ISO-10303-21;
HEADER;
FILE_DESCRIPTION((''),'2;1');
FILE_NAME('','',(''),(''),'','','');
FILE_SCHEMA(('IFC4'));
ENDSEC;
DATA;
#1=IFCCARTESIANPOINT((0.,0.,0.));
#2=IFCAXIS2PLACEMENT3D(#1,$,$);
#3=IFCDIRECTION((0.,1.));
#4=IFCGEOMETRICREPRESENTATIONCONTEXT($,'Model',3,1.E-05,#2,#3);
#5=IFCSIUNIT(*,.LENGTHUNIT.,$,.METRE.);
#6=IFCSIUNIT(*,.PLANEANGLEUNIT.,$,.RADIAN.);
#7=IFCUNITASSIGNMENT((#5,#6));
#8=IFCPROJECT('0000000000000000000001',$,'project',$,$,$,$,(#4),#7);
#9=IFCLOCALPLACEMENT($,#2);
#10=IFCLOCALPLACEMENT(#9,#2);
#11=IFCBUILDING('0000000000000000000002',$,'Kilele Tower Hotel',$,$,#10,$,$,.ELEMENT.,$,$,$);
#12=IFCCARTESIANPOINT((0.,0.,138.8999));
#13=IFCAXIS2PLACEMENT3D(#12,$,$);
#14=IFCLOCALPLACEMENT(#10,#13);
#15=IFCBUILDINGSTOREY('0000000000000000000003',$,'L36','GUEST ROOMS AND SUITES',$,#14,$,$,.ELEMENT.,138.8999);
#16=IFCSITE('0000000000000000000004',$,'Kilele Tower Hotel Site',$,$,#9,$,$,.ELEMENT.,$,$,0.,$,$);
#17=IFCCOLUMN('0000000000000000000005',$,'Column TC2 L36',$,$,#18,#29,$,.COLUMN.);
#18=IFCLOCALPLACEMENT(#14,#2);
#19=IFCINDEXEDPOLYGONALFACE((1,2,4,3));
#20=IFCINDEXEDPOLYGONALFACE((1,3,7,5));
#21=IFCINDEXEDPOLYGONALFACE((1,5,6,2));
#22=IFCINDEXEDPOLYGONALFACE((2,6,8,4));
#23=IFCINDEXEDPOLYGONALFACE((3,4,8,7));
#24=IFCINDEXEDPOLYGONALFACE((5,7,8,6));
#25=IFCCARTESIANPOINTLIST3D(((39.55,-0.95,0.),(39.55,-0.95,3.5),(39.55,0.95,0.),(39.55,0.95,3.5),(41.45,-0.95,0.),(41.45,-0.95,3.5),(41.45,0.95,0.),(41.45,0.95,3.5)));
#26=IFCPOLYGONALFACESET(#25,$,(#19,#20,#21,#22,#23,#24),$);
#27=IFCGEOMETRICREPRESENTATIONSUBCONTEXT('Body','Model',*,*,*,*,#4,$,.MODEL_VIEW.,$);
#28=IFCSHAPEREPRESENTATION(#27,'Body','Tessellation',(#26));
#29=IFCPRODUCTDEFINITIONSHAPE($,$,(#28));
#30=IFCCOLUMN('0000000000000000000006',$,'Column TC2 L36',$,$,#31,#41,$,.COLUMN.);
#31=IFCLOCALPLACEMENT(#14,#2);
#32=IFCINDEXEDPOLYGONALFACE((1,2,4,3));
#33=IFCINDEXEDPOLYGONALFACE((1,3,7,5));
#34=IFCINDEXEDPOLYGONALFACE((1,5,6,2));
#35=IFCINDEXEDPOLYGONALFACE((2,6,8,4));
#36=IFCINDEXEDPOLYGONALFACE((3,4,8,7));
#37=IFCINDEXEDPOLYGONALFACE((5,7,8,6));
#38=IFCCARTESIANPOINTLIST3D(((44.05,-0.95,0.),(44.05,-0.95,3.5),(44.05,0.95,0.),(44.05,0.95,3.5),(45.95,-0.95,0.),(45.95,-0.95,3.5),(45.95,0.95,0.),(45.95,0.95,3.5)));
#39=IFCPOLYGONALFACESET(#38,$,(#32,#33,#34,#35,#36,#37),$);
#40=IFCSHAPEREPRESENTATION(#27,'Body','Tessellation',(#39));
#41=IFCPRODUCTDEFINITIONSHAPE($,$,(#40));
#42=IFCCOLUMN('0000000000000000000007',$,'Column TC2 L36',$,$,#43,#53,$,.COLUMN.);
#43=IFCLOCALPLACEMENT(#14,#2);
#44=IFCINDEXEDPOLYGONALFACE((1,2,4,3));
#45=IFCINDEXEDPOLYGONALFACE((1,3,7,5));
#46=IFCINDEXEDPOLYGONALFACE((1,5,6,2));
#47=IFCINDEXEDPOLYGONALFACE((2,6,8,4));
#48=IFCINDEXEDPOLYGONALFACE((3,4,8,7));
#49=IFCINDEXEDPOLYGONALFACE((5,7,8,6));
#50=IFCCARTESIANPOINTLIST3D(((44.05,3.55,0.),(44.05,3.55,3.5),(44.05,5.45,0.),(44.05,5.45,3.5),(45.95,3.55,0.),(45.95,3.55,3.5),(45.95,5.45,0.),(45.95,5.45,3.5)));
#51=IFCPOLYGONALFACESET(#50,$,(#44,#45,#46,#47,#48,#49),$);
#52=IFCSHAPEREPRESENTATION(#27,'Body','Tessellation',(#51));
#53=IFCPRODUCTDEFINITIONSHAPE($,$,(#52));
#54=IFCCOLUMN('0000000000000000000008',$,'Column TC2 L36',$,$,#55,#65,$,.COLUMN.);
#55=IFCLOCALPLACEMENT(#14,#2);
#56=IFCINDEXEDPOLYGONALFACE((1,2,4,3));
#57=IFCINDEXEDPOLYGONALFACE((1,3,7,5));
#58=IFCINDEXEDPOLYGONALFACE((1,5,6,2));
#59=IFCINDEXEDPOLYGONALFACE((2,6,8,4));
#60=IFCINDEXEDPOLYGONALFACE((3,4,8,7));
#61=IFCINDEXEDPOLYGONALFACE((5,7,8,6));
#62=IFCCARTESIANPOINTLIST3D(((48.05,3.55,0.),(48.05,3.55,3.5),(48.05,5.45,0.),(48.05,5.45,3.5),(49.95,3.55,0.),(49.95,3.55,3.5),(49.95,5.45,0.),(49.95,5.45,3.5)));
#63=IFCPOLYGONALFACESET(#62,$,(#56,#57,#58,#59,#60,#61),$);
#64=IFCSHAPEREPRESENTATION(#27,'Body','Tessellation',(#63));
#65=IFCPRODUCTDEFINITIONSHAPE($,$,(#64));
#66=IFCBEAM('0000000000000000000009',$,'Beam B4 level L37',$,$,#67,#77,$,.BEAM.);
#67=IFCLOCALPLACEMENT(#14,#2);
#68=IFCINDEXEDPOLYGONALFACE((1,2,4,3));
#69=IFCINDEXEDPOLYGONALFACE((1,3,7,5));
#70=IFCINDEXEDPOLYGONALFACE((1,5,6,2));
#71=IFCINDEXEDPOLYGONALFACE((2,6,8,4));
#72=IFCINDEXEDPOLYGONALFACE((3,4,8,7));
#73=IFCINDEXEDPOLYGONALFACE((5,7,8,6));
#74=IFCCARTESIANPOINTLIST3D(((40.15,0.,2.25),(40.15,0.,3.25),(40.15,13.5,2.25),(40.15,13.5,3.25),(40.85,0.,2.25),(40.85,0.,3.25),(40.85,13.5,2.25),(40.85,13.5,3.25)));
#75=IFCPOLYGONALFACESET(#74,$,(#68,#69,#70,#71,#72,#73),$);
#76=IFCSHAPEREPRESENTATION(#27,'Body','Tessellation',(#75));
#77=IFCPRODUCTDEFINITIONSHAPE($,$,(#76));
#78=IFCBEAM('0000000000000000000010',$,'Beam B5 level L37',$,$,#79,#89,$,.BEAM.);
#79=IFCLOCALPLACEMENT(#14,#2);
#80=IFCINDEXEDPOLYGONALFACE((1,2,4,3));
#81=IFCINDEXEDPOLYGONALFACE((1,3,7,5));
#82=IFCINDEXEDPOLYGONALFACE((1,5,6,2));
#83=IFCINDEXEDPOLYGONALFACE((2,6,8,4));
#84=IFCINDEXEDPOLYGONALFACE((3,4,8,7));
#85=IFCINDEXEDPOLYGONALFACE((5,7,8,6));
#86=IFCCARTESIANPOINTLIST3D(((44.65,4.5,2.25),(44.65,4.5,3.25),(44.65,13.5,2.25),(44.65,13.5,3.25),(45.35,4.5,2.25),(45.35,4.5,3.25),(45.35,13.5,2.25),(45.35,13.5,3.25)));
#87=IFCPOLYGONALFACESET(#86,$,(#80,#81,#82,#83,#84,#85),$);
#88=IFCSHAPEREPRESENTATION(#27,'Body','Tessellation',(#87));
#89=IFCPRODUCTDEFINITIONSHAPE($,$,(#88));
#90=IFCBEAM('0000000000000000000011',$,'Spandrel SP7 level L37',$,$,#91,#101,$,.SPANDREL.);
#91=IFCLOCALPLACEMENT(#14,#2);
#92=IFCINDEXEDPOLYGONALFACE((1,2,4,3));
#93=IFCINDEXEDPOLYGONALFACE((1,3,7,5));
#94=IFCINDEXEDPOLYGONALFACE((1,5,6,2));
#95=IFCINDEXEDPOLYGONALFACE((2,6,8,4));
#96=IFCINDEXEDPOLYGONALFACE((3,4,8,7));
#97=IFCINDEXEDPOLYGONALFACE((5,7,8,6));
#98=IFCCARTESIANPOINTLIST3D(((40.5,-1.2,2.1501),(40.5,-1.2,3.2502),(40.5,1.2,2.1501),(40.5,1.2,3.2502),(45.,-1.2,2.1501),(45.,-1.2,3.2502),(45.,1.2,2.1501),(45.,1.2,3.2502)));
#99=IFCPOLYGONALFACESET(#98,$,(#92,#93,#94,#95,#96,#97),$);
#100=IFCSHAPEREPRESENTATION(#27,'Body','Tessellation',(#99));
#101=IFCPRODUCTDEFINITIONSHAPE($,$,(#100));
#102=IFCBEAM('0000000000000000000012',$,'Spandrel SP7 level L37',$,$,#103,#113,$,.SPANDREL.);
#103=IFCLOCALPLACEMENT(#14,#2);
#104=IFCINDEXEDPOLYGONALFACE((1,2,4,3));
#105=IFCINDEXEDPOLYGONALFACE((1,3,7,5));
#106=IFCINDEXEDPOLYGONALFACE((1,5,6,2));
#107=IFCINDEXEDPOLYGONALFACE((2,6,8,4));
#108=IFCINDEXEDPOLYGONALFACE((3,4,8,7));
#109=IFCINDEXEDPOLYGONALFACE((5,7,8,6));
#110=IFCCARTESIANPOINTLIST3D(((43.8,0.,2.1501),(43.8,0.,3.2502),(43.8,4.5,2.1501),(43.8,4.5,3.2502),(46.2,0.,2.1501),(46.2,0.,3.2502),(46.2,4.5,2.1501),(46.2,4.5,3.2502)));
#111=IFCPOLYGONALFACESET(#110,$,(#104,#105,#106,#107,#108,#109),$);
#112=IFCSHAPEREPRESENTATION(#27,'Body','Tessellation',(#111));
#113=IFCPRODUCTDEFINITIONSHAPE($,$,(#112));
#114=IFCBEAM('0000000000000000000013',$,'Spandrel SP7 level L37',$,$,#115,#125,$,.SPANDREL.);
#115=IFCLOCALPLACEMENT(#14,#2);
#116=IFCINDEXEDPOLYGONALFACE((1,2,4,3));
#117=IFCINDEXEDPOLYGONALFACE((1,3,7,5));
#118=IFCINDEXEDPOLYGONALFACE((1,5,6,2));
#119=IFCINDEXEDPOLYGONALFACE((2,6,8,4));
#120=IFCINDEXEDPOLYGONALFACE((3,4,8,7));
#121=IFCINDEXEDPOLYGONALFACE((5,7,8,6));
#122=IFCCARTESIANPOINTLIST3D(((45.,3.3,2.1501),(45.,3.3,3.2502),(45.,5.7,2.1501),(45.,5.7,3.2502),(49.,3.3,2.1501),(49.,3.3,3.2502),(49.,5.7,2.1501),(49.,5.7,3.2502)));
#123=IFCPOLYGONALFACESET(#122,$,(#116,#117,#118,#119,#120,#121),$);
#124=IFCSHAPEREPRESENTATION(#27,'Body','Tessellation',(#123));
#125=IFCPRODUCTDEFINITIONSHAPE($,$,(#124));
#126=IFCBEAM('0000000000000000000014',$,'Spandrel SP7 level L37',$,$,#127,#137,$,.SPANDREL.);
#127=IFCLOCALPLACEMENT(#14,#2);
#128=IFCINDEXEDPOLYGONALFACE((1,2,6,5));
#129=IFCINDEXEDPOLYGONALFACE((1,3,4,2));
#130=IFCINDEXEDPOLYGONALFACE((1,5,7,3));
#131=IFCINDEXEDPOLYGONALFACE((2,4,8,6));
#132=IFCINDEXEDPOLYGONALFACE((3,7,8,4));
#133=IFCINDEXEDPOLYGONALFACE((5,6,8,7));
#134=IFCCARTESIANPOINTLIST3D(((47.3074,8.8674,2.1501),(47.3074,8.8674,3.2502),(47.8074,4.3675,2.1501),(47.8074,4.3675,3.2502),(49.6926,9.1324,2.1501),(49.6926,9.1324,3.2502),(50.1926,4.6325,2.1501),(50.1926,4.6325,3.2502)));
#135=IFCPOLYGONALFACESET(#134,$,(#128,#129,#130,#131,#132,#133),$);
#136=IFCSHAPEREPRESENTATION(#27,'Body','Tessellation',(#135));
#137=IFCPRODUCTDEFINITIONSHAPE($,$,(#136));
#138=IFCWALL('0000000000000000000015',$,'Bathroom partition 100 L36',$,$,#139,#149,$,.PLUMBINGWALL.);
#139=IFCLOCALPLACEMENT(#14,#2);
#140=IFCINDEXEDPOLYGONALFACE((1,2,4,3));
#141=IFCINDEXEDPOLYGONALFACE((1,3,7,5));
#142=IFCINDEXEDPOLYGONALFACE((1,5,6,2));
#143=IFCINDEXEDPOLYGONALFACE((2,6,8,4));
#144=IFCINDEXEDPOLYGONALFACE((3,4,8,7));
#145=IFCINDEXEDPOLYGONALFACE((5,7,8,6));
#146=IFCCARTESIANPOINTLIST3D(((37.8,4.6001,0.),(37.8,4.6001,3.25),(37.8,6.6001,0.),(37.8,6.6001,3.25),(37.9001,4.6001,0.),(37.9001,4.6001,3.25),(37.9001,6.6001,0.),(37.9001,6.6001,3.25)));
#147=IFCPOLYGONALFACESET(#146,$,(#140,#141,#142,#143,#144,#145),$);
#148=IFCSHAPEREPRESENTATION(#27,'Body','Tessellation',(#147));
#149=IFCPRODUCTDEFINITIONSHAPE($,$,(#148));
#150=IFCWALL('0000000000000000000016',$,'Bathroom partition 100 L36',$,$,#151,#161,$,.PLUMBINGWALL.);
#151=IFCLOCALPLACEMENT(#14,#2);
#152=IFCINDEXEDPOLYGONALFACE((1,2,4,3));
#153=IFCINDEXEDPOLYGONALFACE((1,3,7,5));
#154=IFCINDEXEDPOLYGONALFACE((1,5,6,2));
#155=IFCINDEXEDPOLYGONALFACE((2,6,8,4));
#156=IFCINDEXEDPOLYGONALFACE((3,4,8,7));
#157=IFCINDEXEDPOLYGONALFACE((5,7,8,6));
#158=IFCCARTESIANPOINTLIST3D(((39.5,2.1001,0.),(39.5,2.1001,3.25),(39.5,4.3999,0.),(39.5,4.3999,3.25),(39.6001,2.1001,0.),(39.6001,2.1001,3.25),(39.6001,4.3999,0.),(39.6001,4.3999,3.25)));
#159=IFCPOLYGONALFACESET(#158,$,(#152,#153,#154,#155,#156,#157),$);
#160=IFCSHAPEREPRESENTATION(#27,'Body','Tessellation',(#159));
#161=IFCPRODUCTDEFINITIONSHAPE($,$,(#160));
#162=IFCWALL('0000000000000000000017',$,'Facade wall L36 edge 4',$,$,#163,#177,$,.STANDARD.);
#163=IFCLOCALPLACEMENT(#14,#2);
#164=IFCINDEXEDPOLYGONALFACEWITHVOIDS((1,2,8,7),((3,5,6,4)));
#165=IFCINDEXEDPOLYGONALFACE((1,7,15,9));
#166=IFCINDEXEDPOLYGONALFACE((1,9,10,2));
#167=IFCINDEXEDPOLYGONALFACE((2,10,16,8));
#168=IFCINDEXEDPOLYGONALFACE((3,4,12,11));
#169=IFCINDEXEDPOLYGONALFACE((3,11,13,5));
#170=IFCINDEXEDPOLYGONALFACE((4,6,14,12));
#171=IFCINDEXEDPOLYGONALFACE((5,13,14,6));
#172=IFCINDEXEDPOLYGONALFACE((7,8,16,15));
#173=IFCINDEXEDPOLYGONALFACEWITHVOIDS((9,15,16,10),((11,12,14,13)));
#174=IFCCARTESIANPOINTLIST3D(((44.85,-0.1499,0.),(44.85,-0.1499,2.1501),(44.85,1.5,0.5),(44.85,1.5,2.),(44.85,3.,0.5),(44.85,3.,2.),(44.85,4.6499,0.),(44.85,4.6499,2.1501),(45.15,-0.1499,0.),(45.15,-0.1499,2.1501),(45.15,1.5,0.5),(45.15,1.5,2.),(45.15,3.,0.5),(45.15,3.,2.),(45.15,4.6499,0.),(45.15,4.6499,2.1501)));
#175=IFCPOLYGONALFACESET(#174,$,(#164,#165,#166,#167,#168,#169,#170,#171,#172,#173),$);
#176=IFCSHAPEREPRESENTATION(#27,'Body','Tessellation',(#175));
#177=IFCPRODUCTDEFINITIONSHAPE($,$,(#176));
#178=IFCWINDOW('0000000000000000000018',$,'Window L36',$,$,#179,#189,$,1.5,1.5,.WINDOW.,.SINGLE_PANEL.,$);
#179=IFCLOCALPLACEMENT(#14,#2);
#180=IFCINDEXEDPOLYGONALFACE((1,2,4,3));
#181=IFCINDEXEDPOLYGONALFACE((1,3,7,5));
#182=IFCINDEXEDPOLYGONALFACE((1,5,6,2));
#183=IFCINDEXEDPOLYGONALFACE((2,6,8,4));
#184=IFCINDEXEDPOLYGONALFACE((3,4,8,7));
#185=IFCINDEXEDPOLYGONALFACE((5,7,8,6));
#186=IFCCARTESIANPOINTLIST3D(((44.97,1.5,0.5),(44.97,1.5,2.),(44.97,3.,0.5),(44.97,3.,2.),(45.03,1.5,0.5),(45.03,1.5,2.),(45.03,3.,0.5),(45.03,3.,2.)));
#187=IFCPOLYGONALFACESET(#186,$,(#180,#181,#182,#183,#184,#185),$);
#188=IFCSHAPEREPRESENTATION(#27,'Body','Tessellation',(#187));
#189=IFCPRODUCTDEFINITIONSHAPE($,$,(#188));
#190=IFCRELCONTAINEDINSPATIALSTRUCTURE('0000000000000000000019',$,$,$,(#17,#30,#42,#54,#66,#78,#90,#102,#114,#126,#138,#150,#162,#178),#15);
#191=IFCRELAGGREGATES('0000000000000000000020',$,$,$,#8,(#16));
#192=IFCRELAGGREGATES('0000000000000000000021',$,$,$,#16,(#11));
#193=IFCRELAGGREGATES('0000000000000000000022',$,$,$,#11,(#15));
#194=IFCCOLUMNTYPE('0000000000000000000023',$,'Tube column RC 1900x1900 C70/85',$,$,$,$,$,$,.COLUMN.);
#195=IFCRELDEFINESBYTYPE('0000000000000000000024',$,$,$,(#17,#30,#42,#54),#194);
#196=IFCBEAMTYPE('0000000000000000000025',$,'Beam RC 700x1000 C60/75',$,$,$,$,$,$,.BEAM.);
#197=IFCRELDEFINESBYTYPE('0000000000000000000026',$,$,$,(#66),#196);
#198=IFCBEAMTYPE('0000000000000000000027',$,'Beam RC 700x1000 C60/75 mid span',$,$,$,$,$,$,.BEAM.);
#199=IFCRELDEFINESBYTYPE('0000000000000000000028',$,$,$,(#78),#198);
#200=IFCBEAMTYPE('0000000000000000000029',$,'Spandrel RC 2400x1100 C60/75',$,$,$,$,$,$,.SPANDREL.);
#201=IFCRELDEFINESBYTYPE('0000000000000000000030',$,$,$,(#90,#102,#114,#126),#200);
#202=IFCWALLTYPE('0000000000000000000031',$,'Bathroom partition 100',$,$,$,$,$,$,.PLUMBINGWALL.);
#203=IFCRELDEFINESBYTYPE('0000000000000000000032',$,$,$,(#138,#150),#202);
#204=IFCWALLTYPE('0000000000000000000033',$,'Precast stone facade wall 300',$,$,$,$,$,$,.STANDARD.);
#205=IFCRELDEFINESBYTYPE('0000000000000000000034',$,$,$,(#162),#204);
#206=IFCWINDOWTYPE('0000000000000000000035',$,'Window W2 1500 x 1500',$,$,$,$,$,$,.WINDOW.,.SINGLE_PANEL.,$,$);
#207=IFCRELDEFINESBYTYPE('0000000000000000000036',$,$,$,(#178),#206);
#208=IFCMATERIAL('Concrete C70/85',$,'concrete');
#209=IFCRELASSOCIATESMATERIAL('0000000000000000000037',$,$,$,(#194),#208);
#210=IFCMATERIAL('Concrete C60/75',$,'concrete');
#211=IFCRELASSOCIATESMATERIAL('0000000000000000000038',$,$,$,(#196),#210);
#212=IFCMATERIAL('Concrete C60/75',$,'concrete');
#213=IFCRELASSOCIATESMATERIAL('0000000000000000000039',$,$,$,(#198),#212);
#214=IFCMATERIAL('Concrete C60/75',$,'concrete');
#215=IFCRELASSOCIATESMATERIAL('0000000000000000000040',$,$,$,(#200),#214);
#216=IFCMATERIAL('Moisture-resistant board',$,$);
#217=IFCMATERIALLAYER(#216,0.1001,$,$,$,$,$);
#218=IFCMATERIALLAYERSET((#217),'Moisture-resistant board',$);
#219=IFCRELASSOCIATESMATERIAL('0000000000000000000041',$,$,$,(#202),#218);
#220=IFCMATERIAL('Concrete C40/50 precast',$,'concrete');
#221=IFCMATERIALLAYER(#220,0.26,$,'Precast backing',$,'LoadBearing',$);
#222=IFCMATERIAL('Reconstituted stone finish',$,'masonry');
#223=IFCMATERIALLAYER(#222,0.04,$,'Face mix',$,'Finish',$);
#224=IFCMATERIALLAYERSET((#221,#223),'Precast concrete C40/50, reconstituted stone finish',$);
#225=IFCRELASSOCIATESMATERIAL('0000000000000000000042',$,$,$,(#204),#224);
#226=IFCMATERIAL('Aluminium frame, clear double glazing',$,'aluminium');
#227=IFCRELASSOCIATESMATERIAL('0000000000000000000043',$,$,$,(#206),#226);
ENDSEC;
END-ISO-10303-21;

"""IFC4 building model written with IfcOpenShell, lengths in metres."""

from ifc_helpers import new_model, si_unit, direction, frame, frame_2d, origin, origin_2d, place, context, subcontext, project, spatial, rectangle, extrude, material, layer, layer_set, material_profile, profile_set, type_object, element, fill, save


model = new_model("IFC4")

# Units and contexts
model_context = context("Model", 3, precision=1e-05, world=origin(), true_north=direction((0.0, 1.0)))
body_context = subcontext(model_context, "Body", "Model", "MODEL_VIEW")
ifc_project = project(units=[si_unit("LENGTHUNIT", "METRE"), si_unit("PLANEANGLEUNIT", "RADIAN")], contexts=[model_context])

# Site, building, storey
site_placement = place(None, origin())
site = spatial("IfcSite", under=ifc_project, at=site_placement, Name="Kilele Tower Hotel Site", CompositionType="ELEMENT", RefElevation=0.0)
building_placement = place(site_placement, origin())
building = spatial("IfcBuilding", under=site, at=building_placement, Name="Kilele Tower Hotel", CompositionType="ELEMENT")
storey_placement = place(building_placement, frame((0.0, 0.0, 138.8999)))
storey = spatial("IfcBuildingStorey", under=building, at=storey_placement, Name="L36", Description="GUEST ROOMS AND SUITES", CompositionType="ELEMENT", Elevation=138.8999)

# Columns
ifc_material_1 = material(Name="Concrete C70/85", Category="concrete")
ifc_material_profile_1 = material_profile(ifc_material_1, rectangle(XDim=1.8999, YDim=1.8999, at=origin_2d()))
ifc_profile_set_1 = profile_set([ifc_material_profile_1], Name="Concrete C70/85")
column_type = type_object("IfcColumnType", Name="Tube column RC 1900x1900 C70/85", PredefinedType="COLUMN", material=ifc_profile_set_1)
for number, where, z_axis, x_axis, name in (
    (1, (40.5, 0.0, 0.0), (0.0, 0.0, 1.0), (1.0, 0.0, 0.0), "Column TC2 L36"),
    (2, (45.0, 0.0, 0.0), (0.0, 0.0, 1.0), (1.0, 0.0, 0.0), "Column TC2 L36"),
    (3, (45.0, 4.5, 0.0), (0.0, 0.0, 1.0), (1.0, 0.0, 0.0), "Column TC2 L36"),
    (4, (49.0, 4.5, 0.0), (0.0, 0.0, 1.0), (1.0, 0.0, 0.0), "Column TC2 L36"),
):
    element("IfcColumn", number, at=place(storey_placement, frame(where, z_axis=z_axis, x_axis=x_axis)), inside=storey, type_object=column_type, Name=name, PredefinedType="COLUMN", context=body_context, shape_type="SweptSolid", body=[
        extrude(rectangle(XDim=1.8999, YDim=1.8999, at=origin_2d()), origin(), (0.0, 0.0, 1.0), 3.5),
    ])

# Beams
ifc_material_2 = material(Name="Concrete C60/75", Category="concrete")
ifc_material_profile_2 = material_profile(ifc_material_2, rectangle(XDim=0.7, YDim=1.0, at=origin_2d()))
ifc_profile_set_2 = profile_set([ifc_material_profile_2], Name="Concrete C60/75")
beam_type_1 = type_object("IfcBeamType", Name="Beam RC 700x1000 C60/75", PredefinedType="BEAM", material=ifc_profile_set_2)
beam_1_placement = place(storey_placement, frame((40.5, 0.0, 2.75), z_axis=(0.0, 1.0, 0.0), x_axis=(-1.0, 0.0, 0.0)))
element("IfcBeam", 5, at=beam_1_placement, inside=storey, type_object=beam_type_1, Name="Beam B4 level L37", PredefinedType="BEAM", context=body_context, shape_type="SweptSolid", body=[
    extrude(rectangle(XDim=0.7, YDim=1.0, at=origin_2d()), origin(), (0.0, 0.0, 1.0), 13.5),
])
ifc_material_3 = material(Name="Concrete C60/75", Category="concrete")
ifc_material_profile_3 = material_profile(ifc_material_3, rectangle(XDim=0.7, YDim=1.0, at=origin_2d()))
ifc_profile_set_3 = profile_set([ifc_material_profile_3], Name="Concrete C60/75")
beam_type_2 = type_object("IfcBeamType", Name="Beam RC 700x1000 C60/75 mid span", PredefinedType="BEAM", material=ifc_profile_set_3)
beam_2_placement = place(storey_placement, frame((45.0, 4.5, 2.75), z_axis=(0.0, 1.0, 0.0), x_axis=(-1.0, 0.0, 0.0)))
element("IfcBeam", 6, at=beam_2_placement, inside=storey, type_object=beam_type_2, Name="Beam B5 level L37", PredefinedType="BEAM", context=body_context, shape_type="SweptSolid", body=[
    extrude(rectangle(XDim=0.7, YDim=1.0, at=origin_2d()), origin(), (0.0, 0.0, 1.0), 9.0),
])
ifc_material_4 = material(Name="Concrete C60/75", Category="concrete")
ifc_material_profile_4 = material_profile(ifc_material_4, rectangle(XDim=2.3999, YDim=1.1001, at=origin_2d()))
ifc_profile_set_4 = profile_set([ifc_material_profile_4], Name="Concrete C60/75")
beam_type_3 = type_object("IfcBeamType", Name="Spandrel RC 2400x1100 C60/75", PredefinedType="SPANDREL", material=ifc_profile_set_4)
for number, where, z_axis, x_axis, name in (
    (7, (40.5, 0.0, 2.7002), (1.0, 0.0, 0.0), (0.0, 1.0, 0.0), "Spandrel SP7 level L37"),
    (8, (45.0, 0.0, 2.7002), (0.0, 1.0, 0.0), (-1.0, 0.0, 0.0), "Spandrel SP7 level L37"),
):
    element("IfcBeam", number, at=place(storey_placement, frame(where, z_axis=z_axis, x_axis=x_axis)), inside=storey, type_object=beam_type_3, Name=name, PredefinedType="SPANDREL", context=body_context, shape_type="SweptSolid", body=[
        extrude(rectangle(XDim=2.3999, YDim=1.1001, at=origin_2d()), origin(), (0.0, 0.0, 1.0), 4.5),
    ])
beam_3_placement = place(storey_placement, frame((45.0, 4.5, 2.7002), z_axis=(1.0, 0.0, 0.0), x_axis=(0.0, 1.0, 0.0)))
element("IfcBeam", 9, at=beam_3_placement, inside=storey, type_object=beam_type_3, Name="Spandrel SP7 level L37", PredefinedType="SPANDREL", context=body_context, shape_type="SweptSolid", body=[
    extrude(rectangle(XDim=2.3999, YDim=1.1001, at=origin_2d()), origin(), (0.0, 0.0, 1.0), 4.0),
])
beam_4_placement = place(storey_placement, frame((49.0, 4.5, 2.7002), z_axis=(-0.110432, 0.993884, 0.0), x_axis=(-0.993884, -0.110432, 0.0)))
element("IfcBeam", 10, at=beam_4_placement, inside=storey, type_object=beam_type_3, Name="Spandrel SP7 level L37", PredefinedType="SPANDREL", context=body_context, shape_type="SweptSolid", body=[
    extrude(rectangle(XDim=2.3999, YDim=1.1001, at=origin_2d()), origin(), (0.0, 0.0, 1.0), 4.5276),
])

# Walls
ifc_material_5 = material(Name="Moisture-resistant board")
ifc_layer_1 = layer(ifc_material_5, 0.1001)
ifc_layer_set_1 = layer_set([ifc_layer_1], Name="Moisture-resistant board")
wall_type_1 = type_object("IfcWallType", Name="Bathroom partition 100", PredefinedType="PLUMBINGWALL", material=ifc_layer_set_1)
wall_1_placement = place(storey_placement, frame((37.8501, 4.6001, 0.0), z_axis=(0.0, 0.0, 1.0), x_axis=(0.0, 1.0, 0.0)))
element("IfcWall", 11, at=wall_1_placement, inside=storey, type_object=wall_type_1, Name="Bathroom partition 100 L36", PredefinedType="PLUMBINGWALL", context=body_context, shape_type="SweptSolid", body=[
    extrude(rectangle(XDim=2.0, YDim=0.1001, at=frame_2d((1.0, 0.0))), origin(), (0.0, 0.0, 1.0), 3.25),
])
wall_2_placement = place(storey_placement, frame((39.55, 4.3999, 0.0), z_axis=(0.0, 0.0, 1.0), x_axis=(0.0, -1.0, 0.0)))
element("IfcWall", 12, at=wall_2_placement, inside=storey, type_object=wall_type_1, Name="Bathroom partition 100 L36", PredefinedType="PLUMBINGWALL", context=body_context, shape_type="SweptSolid", body=[
    extrude(rectangle(XDim=2.2998, YDim=0.1001, at=frame_2d((1.1499, 0.0))), origin(), (0.0, 0.0, 1.0), 3.25),
])

# Wall, opening, window
ifc_material_6 = material(Name="Concrete C40/50 precast", Category="concrete")
ifc_layer_2 = layer(ifc_material_6, 0.26, Name="Precast backing", Category="LoadBearing")
ifc_material_7 = material(Name="Reconstituted stone finish", Category="masonry")
ifc_layer_3 = layer(ifc_material_7, 0.04, Name="Face mix", Category="Finish")
ifc_layer_set_2 = layer_set([ifc_layer_2, ifc_layer_3], Name="Precast concrete C40/50, reconstituted stone finish")
wall_type_2 = type_object("IfcWallType", Name="Precast stone facade wall 300", PredefinedType="STANDARD", material=ifc_layer_set_2)
wall_3_placement = place(storey_placement, frame((45.0, -0.1499, 0.0), z_axis=(0.0, 0.0, 1.0), x_axis=(0.0, 1.0, 0.0)))
wall_3 = element("IfcWall", 13, at=wall_3_placement, inside=storey, type_object=wall_type_2, Name="Facade wall L36 edge 4", PredefinedType="STANDARD", context=body_context, shape_type="SweptSolid", body=[
    extrude(rectangle(XDim=4.7998, YDim=0.3, at=frame_2d((2.3999, 0.0))), origin(), (0.0, 0.0, 1.0), 2.1501),
])
opening_1_placement = place(wall_3_placement, frame((1.6499, 0.0, 0.5)))
opening_1 = element("IfcOpeningElement", 14, at=opening_1_placement, cuts=wall_3, PredefinedType="OPENING", context=body_context, shape_type="SweptSolid", body=[
    extrude(rectangle(XDim=1.5, YDim=1.5, at=frame_2d((0.75, 0.75))), frame((0.0, 0.1599, 0.0), z_axis=(0.0, -1.0, 0.0), x_axis=(1.0, 0.0, 0.0)), (0.0, 0.0, 1.0), 0.3201),
])
ifc_material_8 = material(Name="Aluminium frame, clear double glazing", Category="aluminium")
window_type = type_object("IfcWindowType", Name="Window W2 1500 x 1500", PartitioningType="SINGLE_PANEL", PredefinedType="WINDOW", material=ifc_material_8)
window_1_placement = place(opening_1_placement, origin())
window_1 = element("IfcWindow", 15, at=window_1_placement, inside=storey, type_object=window_type, Name="Window L36", OverallHeight=1.5, OverallWidth=1.5, PartitioningType="SINGLE_PANEL", PredefinedType="WINDOW", context=body_context, shape_type="SweptSolid", body=[
    extrude(rectangle(XDim=1.5, YDim=1.5, at=frame_2d((0.75, 0.75))), frame((0.0, 0.03, 0.0), z_axis=(0.0, -1.0, 0.0), x_axis=(1.0, 0.0, 0.0)), (0.0, 0.0, 1.0), 0.0601),
])
fill(opening_1, window_1)

save(model, "model.ifc")
